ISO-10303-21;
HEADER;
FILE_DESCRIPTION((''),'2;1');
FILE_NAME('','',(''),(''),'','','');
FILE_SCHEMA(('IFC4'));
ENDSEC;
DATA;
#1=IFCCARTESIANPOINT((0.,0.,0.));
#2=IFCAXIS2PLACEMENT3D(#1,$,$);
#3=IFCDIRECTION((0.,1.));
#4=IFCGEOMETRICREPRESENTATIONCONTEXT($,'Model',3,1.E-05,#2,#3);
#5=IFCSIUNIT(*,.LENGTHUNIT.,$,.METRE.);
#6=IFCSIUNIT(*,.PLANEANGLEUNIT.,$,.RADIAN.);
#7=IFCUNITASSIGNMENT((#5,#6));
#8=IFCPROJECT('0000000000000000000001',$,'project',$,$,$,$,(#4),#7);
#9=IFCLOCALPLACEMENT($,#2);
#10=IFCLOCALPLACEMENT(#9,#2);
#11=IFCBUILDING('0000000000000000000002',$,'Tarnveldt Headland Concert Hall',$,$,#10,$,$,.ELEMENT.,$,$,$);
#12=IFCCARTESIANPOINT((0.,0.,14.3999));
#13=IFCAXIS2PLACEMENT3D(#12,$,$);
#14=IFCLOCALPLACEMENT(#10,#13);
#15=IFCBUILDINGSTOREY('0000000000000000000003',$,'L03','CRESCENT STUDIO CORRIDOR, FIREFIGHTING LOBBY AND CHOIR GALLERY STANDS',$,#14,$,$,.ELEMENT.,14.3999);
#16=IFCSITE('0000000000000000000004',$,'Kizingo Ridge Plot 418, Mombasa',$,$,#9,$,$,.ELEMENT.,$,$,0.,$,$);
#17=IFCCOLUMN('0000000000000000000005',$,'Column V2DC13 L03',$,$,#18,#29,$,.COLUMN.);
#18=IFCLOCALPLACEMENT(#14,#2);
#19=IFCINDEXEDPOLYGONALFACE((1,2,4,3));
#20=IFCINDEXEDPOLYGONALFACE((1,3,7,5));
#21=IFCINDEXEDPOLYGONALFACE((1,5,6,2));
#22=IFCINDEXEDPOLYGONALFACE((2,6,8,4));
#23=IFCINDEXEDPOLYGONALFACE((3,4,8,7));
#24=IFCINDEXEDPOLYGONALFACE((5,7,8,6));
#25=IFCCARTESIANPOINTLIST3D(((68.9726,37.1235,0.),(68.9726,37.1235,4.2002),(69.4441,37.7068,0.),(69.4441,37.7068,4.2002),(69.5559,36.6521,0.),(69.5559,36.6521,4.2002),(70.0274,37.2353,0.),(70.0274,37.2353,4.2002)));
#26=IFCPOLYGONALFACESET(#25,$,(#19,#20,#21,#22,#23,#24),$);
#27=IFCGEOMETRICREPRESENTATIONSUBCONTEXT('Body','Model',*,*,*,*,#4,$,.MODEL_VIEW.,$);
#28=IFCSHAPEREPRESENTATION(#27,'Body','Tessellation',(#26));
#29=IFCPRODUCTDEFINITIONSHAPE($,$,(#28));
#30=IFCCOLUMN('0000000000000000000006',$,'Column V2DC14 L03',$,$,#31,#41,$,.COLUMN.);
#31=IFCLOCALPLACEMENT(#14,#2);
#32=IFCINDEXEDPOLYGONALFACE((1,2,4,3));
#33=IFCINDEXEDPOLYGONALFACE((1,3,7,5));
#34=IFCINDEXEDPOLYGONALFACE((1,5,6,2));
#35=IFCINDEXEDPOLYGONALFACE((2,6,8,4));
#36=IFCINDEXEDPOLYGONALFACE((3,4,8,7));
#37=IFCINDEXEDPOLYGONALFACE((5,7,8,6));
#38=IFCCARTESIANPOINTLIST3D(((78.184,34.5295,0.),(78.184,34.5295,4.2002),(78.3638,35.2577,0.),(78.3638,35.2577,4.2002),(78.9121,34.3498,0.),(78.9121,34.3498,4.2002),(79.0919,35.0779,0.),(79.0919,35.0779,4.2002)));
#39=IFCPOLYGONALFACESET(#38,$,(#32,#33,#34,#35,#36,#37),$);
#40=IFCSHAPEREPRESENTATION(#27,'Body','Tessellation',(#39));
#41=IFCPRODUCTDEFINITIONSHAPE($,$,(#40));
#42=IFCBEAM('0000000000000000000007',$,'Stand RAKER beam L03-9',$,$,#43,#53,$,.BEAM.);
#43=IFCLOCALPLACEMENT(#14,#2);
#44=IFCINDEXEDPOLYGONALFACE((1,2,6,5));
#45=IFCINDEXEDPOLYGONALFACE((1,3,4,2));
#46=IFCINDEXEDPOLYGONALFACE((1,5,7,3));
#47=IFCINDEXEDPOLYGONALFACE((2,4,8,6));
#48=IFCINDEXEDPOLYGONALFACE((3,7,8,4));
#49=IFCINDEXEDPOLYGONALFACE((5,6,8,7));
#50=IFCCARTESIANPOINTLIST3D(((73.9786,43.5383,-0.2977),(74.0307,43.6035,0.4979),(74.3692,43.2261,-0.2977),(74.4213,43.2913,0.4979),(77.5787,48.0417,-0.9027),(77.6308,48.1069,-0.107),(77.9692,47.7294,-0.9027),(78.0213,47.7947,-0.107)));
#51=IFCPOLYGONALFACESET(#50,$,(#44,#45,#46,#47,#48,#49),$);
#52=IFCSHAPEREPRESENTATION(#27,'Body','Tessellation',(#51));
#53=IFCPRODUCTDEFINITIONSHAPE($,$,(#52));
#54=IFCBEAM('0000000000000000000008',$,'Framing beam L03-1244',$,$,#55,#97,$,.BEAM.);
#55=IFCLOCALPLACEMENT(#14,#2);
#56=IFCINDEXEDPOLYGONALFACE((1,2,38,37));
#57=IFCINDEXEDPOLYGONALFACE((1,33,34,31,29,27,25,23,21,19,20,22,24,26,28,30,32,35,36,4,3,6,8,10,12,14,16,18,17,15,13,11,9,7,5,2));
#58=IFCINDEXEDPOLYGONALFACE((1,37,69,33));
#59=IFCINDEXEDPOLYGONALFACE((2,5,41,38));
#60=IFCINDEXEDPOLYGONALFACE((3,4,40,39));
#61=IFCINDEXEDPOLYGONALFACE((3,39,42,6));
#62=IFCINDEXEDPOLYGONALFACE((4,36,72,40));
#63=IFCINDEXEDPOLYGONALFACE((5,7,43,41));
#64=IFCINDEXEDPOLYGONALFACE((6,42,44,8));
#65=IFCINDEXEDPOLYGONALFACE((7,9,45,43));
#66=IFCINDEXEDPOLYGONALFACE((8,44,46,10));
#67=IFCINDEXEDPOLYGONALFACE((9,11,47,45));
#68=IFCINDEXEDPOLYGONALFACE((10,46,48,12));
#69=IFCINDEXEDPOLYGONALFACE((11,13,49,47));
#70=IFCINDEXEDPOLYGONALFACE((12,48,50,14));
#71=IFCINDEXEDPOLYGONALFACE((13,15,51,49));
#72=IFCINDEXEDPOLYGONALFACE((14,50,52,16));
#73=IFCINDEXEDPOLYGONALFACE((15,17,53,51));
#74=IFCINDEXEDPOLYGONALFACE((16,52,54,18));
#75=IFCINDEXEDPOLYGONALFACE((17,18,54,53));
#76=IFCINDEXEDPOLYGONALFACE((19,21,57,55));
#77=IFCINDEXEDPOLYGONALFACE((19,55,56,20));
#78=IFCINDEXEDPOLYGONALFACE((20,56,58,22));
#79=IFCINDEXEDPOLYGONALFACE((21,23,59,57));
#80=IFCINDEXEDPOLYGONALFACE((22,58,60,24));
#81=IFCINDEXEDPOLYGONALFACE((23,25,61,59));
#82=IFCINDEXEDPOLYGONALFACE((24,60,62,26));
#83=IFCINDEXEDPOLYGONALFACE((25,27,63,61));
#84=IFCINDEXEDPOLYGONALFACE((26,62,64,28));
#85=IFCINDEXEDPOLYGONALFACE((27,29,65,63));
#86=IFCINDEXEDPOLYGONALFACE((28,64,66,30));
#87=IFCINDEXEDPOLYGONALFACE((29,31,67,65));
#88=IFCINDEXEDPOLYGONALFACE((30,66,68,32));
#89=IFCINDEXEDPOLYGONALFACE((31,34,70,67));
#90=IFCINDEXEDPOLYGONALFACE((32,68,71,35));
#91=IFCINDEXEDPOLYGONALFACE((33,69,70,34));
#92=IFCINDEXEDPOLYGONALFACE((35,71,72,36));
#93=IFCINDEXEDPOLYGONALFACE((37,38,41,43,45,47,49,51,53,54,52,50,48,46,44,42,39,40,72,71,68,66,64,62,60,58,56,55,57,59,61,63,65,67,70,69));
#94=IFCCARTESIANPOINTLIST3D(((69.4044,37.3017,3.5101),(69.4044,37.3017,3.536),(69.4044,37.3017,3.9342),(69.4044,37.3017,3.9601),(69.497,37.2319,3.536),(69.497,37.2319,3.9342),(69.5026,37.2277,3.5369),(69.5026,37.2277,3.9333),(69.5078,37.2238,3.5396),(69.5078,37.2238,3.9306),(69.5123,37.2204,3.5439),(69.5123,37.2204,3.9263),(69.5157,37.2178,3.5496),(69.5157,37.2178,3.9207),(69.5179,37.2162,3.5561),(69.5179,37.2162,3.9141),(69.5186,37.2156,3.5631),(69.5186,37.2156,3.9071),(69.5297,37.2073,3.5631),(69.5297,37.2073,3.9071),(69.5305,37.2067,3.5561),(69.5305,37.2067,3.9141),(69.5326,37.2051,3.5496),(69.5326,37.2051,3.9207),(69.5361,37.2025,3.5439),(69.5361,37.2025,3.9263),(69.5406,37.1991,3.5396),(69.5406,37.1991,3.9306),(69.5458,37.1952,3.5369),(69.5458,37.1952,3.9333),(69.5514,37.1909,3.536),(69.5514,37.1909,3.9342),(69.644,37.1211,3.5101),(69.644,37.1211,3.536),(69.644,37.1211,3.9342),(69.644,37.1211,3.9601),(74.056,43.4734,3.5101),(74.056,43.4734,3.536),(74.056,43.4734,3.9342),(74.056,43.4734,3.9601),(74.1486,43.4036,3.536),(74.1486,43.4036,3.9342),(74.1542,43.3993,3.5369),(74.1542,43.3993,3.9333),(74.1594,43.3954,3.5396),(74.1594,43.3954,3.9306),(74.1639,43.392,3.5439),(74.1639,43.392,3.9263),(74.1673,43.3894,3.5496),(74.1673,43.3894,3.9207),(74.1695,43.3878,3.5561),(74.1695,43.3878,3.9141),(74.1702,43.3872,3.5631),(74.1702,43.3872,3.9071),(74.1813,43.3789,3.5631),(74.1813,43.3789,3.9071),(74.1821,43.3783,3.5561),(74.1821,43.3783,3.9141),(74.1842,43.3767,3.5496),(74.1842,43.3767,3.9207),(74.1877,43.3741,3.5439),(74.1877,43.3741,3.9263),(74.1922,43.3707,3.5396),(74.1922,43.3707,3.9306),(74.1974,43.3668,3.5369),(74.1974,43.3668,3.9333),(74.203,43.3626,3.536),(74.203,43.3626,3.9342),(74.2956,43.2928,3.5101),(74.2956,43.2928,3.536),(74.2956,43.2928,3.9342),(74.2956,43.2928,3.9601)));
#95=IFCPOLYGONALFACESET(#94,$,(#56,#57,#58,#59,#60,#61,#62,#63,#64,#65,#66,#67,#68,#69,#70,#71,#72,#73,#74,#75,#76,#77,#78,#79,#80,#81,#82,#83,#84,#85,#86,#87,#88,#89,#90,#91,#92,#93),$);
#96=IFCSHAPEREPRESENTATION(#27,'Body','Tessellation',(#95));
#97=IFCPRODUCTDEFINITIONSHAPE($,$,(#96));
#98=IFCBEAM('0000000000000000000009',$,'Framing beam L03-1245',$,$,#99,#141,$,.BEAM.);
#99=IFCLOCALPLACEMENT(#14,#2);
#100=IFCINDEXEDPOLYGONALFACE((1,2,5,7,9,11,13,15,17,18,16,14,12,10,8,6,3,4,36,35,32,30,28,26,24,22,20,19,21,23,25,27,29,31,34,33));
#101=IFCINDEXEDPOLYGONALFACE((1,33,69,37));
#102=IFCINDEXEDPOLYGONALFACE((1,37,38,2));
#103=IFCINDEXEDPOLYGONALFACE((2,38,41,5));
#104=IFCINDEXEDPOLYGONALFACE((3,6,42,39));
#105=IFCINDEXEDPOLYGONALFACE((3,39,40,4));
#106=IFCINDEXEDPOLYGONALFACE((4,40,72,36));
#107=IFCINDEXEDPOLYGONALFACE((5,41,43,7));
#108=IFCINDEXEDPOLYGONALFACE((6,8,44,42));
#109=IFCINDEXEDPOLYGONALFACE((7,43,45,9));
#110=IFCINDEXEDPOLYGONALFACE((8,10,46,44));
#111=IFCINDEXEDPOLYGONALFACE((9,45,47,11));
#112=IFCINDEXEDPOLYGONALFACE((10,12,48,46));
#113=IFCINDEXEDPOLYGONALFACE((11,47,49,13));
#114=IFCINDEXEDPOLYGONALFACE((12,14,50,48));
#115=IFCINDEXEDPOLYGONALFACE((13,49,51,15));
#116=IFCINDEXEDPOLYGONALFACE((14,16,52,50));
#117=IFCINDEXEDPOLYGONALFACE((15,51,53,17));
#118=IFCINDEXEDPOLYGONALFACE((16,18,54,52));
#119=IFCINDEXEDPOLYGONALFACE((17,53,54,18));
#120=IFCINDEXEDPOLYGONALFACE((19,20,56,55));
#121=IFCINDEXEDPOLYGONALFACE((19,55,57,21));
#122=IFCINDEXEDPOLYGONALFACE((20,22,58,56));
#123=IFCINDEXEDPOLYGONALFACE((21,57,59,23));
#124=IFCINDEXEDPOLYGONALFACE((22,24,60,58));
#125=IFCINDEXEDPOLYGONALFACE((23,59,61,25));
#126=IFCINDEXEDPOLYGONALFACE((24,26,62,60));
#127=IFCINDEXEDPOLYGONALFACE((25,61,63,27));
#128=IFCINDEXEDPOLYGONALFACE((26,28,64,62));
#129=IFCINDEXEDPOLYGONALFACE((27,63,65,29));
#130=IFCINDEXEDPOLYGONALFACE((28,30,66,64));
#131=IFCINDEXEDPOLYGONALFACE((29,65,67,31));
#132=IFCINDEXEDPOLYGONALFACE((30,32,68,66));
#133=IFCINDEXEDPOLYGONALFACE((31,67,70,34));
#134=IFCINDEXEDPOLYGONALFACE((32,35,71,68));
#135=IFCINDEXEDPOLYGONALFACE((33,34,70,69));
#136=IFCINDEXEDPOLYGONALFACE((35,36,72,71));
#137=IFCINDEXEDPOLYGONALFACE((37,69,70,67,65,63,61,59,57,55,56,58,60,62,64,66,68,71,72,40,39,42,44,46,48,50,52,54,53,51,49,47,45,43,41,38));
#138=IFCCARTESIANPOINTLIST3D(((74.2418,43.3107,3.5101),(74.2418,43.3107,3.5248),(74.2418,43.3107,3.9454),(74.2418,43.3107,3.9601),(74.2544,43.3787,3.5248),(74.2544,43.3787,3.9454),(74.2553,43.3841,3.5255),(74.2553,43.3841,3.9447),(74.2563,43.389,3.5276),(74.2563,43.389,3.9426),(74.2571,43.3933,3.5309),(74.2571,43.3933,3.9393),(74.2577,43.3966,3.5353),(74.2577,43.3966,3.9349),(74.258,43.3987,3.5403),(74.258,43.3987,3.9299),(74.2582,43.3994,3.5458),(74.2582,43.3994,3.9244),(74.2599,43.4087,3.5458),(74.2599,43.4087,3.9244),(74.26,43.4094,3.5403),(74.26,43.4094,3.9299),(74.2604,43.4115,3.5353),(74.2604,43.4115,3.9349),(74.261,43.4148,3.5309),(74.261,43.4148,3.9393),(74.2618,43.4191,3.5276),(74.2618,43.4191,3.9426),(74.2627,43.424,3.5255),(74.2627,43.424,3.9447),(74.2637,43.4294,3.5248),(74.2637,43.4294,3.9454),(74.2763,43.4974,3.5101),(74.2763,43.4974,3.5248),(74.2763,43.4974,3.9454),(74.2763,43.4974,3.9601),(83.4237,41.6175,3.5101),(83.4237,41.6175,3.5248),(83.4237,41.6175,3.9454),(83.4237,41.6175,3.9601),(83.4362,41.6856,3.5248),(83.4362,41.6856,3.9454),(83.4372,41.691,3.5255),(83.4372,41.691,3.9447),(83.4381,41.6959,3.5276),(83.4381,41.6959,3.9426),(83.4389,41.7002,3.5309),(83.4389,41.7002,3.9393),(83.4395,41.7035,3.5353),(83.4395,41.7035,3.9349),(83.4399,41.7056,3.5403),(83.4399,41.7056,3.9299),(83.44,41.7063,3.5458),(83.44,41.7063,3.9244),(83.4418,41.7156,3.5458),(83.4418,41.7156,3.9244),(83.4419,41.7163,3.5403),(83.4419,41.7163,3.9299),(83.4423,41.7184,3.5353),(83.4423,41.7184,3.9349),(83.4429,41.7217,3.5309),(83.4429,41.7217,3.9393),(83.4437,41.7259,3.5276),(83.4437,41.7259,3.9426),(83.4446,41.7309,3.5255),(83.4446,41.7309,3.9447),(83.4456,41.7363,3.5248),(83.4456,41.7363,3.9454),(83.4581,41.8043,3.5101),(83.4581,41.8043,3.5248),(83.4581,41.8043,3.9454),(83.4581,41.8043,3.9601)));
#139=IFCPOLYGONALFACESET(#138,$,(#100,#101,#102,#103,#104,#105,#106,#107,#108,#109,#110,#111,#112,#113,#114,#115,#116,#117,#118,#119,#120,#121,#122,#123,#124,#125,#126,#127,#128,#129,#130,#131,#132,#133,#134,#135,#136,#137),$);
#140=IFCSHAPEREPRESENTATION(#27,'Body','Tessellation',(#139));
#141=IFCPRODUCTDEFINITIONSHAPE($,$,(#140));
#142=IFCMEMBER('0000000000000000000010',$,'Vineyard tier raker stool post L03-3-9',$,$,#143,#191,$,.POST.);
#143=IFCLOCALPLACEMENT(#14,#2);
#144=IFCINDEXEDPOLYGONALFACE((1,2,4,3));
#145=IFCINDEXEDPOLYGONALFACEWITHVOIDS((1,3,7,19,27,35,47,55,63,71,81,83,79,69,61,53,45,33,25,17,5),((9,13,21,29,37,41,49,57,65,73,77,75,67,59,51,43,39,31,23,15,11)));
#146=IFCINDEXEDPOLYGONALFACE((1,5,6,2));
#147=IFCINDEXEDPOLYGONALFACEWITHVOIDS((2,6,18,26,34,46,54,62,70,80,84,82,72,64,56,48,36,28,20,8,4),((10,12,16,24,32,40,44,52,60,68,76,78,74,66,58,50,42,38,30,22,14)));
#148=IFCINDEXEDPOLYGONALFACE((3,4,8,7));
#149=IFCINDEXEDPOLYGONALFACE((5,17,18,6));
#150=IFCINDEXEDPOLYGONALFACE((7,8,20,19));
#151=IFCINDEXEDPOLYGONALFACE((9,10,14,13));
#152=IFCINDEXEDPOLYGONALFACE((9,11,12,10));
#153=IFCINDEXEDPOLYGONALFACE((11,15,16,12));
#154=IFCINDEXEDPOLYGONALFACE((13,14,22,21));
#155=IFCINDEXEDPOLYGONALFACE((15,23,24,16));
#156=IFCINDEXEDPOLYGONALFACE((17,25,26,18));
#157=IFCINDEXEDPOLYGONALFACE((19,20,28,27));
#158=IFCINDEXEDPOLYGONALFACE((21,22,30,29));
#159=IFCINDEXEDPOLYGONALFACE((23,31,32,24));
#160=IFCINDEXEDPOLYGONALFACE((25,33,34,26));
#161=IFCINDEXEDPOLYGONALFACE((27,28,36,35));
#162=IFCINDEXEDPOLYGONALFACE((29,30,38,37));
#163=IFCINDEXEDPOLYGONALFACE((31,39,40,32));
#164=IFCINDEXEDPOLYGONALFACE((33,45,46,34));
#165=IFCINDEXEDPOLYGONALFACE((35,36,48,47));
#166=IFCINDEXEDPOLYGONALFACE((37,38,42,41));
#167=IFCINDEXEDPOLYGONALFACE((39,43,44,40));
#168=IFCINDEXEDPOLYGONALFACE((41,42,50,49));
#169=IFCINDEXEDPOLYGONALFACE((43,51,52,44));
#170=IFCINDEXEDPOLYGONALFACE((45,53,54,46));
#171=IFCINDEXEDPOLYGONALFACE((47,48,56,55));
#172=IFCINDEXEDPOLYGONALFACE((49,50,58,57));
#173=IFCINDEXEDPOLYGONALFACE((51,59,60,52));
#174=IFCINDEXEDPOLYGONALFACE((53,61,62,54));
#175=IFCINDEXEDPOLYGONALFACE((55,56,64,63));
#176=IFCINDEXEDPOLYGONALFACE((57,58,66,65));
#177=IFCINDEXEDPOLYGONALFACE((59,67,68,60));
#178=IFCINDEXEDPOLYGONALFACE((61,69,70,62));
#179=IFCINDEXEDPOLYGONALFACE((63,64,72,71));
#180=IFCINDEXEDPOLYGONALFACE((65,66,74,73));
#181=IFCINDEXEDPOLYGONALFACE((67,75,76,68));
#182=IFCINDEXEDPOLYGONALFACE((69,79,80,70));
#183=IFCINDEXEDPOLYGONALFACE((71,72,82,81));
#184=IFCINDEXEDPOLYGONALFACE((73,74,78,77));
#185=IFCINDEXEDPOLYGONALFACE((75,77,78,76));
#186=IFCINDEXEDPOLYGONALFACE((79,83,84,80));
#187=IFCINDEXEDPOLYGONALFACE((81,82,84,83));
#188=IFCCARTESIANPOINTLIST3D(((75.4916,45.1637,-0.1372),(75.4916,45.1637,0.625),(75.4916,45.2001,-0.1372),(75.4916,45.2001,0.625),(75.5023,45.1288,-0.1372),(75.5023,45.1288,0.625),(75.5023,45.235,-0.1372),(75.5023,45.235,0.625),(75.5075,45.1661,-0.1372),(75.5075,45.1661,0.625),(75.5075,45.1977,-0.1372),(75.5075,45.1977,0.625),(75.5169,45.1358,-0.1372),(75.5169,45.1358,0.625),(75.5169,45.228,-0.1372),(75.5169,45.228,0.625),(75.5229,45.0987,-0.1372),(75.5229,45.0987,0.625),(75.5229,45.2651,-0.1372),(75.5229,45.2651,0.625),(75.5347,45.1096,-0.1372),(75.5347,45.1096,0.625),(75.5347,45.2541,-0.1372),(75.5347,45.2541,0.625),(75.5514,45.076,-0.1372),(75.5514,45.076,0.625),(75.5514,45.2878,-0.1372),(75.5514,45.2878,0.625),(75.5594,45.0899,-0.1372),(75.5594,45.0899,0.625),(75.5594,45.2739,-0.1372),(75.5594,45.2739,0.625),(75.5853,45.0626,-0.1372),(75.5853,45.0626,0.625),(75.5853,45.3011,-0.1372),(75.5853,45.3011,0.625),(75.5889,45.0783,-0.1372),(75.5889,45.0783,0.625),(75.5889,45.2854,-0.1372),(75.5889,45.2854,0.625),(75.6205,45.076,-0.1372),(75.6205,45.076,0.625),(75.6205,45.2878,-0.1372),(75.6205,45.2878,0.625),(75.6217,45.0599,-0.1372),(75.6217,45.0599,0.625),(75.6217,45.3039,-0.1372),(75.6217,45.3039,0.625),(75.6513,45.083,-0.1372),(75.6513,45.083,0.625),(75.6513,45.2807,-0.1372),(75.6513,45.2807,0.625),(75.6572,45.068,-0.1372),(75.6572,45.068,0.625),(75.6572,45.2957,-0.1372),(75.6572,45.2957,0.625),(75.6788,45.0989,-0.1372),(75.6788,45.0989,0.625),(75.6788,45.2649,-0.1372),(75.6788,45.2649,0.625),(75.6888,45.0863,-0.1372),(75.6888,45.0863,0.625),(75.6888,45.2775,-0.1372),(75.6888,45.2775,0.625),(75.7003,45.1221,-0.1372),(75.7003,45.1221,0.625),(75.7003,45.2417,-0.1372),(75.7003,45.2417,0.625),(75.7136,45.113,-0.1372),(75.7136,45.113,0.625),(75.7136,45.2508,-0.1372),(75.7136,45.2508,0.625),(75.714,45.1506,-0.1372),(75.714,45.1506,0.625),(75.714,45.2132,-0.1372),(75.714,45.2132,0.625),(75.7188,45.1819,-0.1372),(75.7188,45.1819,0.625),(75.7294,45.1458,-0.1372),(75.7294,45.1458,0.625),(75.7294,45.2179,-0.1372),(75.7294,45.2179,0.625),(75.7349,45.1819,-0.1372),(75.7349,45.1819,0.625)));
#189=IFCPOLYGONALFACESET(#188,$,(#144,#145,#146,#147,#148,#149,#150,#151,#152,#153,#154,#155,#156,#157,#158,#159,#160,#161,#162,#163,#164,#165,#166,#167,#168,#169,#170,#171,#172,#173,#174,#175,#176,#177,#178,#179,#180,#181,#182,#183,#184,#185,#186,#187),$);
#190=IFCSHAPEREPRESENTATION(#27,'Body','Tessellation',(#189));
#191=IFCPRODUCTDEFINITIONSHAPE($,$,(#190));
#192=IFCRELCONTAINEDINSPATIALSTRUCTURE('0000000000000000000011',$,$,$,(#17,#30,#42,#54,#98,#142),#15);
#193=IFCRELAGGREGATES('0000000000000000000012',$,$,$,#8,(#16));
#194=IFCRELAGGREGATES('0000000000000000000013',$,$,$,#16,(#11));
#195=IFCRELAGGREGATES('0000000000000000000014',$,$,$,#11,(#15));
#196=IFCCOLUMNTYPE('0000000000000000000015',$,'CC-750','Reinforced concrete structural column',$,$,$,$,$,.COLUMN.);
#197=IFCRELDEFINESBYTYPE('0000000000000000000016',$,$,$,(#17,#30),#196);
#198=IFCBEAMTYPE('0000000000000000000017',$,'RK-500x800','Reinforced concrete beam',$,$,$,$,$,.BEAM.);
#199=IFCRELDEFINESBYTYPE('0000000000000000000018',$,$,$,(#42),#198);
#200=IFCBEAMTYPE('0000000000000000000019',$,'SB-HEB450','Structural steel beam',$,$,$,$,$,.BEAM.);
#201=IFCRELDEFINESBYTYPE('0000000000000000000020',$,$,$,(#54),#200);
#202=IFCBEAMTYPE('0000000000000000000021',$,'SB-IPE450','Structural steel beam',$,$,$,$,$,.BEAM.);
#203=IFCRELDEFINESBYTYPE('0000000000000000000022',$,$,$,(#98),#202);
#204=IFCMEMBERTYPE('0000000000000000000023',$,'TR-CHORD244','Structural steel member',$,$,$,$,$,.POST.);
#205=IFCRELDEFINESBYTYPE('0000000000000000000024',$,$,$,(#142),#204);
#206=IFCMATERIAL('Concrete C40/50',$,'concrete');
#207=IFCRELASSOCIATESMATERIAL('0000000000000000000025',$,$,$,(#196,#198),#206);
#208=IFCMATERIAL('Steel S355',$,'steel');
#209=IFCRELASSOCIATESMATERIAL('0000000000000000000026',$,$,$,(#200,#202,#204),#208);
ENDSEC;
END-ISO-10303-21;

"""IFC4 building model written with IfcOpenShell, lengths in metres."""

from ifc_helpers import new_model, si_unit, direction, frame, origin, origin_2d, place, context, subcontext, project, spatial, rectangle, hollow_circle, i_section, extrude, material, material_profile, profile_set, type_object, element, save


model = new_model("IFC4")

# Units and contexts
model_context = context("Model", 3, precision=1e-05, world=origin(), true_north=direction((0.0, 1.0)))
body_context = subcontext(model_context, "Body", "Model", "MODEL_VIEW")
ifc_project = project(units=[si_unit("LENGTHUNIT", "METRE"), si_unit("PLANEANGLEUNIT", "RADIAN")], contexts=[model_context])

# Site, building, storey
site_placement = place(None, origin())
site = spatial("IfcSite", under=ifc_project, at=site_placement, Name="Kizingo Ridge Plot 418, Mombasa", CompositionType="ELEMENT", RefElevation=0.0)
building_placement = place(site_placement, origin())
building = spatial("IfcBuilding", under=site, at=building_placement, Name="Tarnveldt Headland Concert Hall", CompositionType="ELEMENT")
storey_placement = place(building_placement, frame((0.0, 0.0, 14.3999)))
storey = spatial("IfcBuildingStorey", under=building, at=storey_placement, Name="L03", Description="CRESCENT STUDIO CORRIDOR, FIREFIGHTING LOBBY AND CHOIR GALLERY STANDS", CompositionType="ELEMENT", Elevation=14.3999)

# Columns
ifc_material_1 = material(Name="Concrete C40/50", Category="concrete")
ifc_material_profile_1 = material_profile(ifc_material_1, rectangle(XDim=0.75, YDim=0.75, at=origin_2d()), Name="RC 750x750", Category="concrete")
ifc_profile_set_1 = profile_set([ifc_material_profile_1], Name="Concrete C40/50")
column_type_1 = type_object("IfcColumnType", Name="CC-750", Description="Reinforced concrete structural column", PredefinedType="COLUMN", material=ifc_profile_set_1)
for number, where, z_axis, x_axis, name in (
    (1, (69.5, 37.1794, 0.0), (0.0, 0.0, 1.0), (-0.628642, -0.777695, 0.0), "Column V2DC13 L03"),
    (2, (78.6379, 34.8037, 0.0), (0.0, 0.0, 1.0), (-0.23972, -0.970842, 0.0), "Column V2DC14 L03"),
):
    element("IfcColumn", number, at=place(storey_placement, frame(where, z_axis=z_axis, x_axis=x_axis)), inside=storey, type_object=column_type_1, Name=name, PredefinedType="COLUMN", context=body_context, shape_type="SweptSolid", body=[
        extrude(rectangle(XDim=0.75, YDim=0.75, at=origin_2d()), origin(), (0.0, 0.0, 1.0), 4.2002),
    ])

# Beams
ifc_material_profile_2 = material_profile(ifc_material_1, rectangle(XDim=0.5, YDim=0.8, at=origin_2d()), Name="RAKER RC 500x800", Category="concrete")
ifc_profile_set_2 = profile_set([ifc_material_profile_2], Name="Concrete C40/50")
beam_type_1 = type_object("IfcBeamType", Name="RK-500x800", Description="Reinforced concrete beam", PredefinedType="BEAM", material=ifc_profile_set_2)
beam_1_placement = place(storey_placement, frame((74.2, 43.4148, 0.1001), z_axis=(0.621007, 0.776827, -0.104357), x_axis=(-0.781092, 0.624416, 0.0)))
element("IfcBeam", 3, at=beam_1_placement, inside=storey, type_object=beam_type_1, Name="Stand RAKER beam L03-9", PredefinedType="BEAM", context=body_context, shape_type="SweptSolid", body=[
    extrude(rectangle(XDim=0.5, YDim=0.8, at=origin_2d()), origin(), (0.0, 0.0, 1.0), 5.7971),
])
ifc_material_2 = material(Name="Steel S355", Category="steel")
ifc_material_profile_3 = material_profile(ifc_material_2, i_section(OverallWidth=0.3, OverallDepth=0.45, WebThickness=0.0139, FlangeThickness=0.0259, FilletRadius=0.0271, at=origin_2d()), Name="HEB450", Category="steel")
ifc_profile_set_3 = profile_set([ifc_material_profile_3], Name="Steel S355")
beam_type_2 = type_object("IfcBeamType", Name="SB-HEB450", Description="Structural steel beam", PredefinedType="BEAM", material=ifc_profile_set_3)
beam_2_placement = place(storey_placement, frame((74.1758, 43.3831, 3.7351), z_axis=(-0.601894, -0.798576, 0.0), x_axis=(0.798576, -0.601894, 0.0)))
element("IfcBeam", 4, at=beam_2_placement, inside=storey, type_object=beam_type_2, Name="Framing beam L03-1244", PredefinedType="BEAM", context=body_context, shape_type="SweptSolid", body=[
    extrude(i_section(OverallWidth=0.3, OverallDepth=0.45, WebThickness=0.0139, FlangeThickness=0.0259, FilletRadius=0.0271, at=origin_2d()), origin(), (0.0, 0.0, 1.0), 7.7283),
])
ifc_material_profile_4 = material_profile(ifc_material_2, i_section(OverallWidth=0.1899, OverallDepth=0.45, WebThickness=0.0095, FlangeThickness=0.0146, FilletRadius=0.021, at=origin_2d()), Name="IPE450", Category="steel")
ifc_profile_set_4 = profile_set([ifc_material_profile_4], Name="Steel S355")
beam_type_3 = type_object("IfcBeamType", Name="SB-IPE450", Description="Structural steel beam", PredefinedType="BEAM", material=ifc_profile_set_4)
beam_3_placement = place(storey_placement, frame((74.259, 43.4041, 3.7351), z_axis=(0.98342, -0.18134, 0.0), x_axis=(0.18134, 0.98342, 0.0)))
element("IfcBeam", 5, at=beam_3_placement, inside=storey, type_object=beam_type_3, Name="Framing beam L03-1245", PredefinedType="BEAM", context=body_context, shape_type="SweptSolid", body=[
    extrude(i_section(OverallWidth=0.1899, OverallDepth=0.45, WebThickness=0.0095, FlangeThickness=0.0146, FilletRadius=0.021, at=origin_2d()), origin(), (0.0, 0.0, 1.0), 9.3367),
])

# Member
ifc_material_profile_5 = material_profile(ifc_material_2, hollow_circle(Radius=0.1223, WallThickness=0.0161, at=origin_2d()), Name="CHS 244.5x16", Category="steel")
ifc_profile_set_5 = profile_set([ifc_material_profile_5], Name="Steel S355")
member_type = type_object("IfcMemberType", Name="TR-CHORD244", Description="Structural steel member", PredefinedType="POST", material=ifc_profile_set_5)
member_1_placement = place(storey_placement, frame((75.6125, 45.1819, -0.1372), z_axis=(0.0, 0.0, 1.0), x_axis=(1.0, 0.0, 0.0)))
element("IfcMember", 6, at=member_1_placement, inside=storey, type_object=member_type, Name="Vineyard tier raker stool post L03-3-9", PredefinedType="POST", context=body_context, shape_type="SweptSolid", body=[
    extrude(hollow_circle(Radius=0.1223, WallThickness=0.0161, at=origin_2d()), origin(), (0.0, 0.0, 1.0), 0.7622),
])

save(model, "model.ifc")
